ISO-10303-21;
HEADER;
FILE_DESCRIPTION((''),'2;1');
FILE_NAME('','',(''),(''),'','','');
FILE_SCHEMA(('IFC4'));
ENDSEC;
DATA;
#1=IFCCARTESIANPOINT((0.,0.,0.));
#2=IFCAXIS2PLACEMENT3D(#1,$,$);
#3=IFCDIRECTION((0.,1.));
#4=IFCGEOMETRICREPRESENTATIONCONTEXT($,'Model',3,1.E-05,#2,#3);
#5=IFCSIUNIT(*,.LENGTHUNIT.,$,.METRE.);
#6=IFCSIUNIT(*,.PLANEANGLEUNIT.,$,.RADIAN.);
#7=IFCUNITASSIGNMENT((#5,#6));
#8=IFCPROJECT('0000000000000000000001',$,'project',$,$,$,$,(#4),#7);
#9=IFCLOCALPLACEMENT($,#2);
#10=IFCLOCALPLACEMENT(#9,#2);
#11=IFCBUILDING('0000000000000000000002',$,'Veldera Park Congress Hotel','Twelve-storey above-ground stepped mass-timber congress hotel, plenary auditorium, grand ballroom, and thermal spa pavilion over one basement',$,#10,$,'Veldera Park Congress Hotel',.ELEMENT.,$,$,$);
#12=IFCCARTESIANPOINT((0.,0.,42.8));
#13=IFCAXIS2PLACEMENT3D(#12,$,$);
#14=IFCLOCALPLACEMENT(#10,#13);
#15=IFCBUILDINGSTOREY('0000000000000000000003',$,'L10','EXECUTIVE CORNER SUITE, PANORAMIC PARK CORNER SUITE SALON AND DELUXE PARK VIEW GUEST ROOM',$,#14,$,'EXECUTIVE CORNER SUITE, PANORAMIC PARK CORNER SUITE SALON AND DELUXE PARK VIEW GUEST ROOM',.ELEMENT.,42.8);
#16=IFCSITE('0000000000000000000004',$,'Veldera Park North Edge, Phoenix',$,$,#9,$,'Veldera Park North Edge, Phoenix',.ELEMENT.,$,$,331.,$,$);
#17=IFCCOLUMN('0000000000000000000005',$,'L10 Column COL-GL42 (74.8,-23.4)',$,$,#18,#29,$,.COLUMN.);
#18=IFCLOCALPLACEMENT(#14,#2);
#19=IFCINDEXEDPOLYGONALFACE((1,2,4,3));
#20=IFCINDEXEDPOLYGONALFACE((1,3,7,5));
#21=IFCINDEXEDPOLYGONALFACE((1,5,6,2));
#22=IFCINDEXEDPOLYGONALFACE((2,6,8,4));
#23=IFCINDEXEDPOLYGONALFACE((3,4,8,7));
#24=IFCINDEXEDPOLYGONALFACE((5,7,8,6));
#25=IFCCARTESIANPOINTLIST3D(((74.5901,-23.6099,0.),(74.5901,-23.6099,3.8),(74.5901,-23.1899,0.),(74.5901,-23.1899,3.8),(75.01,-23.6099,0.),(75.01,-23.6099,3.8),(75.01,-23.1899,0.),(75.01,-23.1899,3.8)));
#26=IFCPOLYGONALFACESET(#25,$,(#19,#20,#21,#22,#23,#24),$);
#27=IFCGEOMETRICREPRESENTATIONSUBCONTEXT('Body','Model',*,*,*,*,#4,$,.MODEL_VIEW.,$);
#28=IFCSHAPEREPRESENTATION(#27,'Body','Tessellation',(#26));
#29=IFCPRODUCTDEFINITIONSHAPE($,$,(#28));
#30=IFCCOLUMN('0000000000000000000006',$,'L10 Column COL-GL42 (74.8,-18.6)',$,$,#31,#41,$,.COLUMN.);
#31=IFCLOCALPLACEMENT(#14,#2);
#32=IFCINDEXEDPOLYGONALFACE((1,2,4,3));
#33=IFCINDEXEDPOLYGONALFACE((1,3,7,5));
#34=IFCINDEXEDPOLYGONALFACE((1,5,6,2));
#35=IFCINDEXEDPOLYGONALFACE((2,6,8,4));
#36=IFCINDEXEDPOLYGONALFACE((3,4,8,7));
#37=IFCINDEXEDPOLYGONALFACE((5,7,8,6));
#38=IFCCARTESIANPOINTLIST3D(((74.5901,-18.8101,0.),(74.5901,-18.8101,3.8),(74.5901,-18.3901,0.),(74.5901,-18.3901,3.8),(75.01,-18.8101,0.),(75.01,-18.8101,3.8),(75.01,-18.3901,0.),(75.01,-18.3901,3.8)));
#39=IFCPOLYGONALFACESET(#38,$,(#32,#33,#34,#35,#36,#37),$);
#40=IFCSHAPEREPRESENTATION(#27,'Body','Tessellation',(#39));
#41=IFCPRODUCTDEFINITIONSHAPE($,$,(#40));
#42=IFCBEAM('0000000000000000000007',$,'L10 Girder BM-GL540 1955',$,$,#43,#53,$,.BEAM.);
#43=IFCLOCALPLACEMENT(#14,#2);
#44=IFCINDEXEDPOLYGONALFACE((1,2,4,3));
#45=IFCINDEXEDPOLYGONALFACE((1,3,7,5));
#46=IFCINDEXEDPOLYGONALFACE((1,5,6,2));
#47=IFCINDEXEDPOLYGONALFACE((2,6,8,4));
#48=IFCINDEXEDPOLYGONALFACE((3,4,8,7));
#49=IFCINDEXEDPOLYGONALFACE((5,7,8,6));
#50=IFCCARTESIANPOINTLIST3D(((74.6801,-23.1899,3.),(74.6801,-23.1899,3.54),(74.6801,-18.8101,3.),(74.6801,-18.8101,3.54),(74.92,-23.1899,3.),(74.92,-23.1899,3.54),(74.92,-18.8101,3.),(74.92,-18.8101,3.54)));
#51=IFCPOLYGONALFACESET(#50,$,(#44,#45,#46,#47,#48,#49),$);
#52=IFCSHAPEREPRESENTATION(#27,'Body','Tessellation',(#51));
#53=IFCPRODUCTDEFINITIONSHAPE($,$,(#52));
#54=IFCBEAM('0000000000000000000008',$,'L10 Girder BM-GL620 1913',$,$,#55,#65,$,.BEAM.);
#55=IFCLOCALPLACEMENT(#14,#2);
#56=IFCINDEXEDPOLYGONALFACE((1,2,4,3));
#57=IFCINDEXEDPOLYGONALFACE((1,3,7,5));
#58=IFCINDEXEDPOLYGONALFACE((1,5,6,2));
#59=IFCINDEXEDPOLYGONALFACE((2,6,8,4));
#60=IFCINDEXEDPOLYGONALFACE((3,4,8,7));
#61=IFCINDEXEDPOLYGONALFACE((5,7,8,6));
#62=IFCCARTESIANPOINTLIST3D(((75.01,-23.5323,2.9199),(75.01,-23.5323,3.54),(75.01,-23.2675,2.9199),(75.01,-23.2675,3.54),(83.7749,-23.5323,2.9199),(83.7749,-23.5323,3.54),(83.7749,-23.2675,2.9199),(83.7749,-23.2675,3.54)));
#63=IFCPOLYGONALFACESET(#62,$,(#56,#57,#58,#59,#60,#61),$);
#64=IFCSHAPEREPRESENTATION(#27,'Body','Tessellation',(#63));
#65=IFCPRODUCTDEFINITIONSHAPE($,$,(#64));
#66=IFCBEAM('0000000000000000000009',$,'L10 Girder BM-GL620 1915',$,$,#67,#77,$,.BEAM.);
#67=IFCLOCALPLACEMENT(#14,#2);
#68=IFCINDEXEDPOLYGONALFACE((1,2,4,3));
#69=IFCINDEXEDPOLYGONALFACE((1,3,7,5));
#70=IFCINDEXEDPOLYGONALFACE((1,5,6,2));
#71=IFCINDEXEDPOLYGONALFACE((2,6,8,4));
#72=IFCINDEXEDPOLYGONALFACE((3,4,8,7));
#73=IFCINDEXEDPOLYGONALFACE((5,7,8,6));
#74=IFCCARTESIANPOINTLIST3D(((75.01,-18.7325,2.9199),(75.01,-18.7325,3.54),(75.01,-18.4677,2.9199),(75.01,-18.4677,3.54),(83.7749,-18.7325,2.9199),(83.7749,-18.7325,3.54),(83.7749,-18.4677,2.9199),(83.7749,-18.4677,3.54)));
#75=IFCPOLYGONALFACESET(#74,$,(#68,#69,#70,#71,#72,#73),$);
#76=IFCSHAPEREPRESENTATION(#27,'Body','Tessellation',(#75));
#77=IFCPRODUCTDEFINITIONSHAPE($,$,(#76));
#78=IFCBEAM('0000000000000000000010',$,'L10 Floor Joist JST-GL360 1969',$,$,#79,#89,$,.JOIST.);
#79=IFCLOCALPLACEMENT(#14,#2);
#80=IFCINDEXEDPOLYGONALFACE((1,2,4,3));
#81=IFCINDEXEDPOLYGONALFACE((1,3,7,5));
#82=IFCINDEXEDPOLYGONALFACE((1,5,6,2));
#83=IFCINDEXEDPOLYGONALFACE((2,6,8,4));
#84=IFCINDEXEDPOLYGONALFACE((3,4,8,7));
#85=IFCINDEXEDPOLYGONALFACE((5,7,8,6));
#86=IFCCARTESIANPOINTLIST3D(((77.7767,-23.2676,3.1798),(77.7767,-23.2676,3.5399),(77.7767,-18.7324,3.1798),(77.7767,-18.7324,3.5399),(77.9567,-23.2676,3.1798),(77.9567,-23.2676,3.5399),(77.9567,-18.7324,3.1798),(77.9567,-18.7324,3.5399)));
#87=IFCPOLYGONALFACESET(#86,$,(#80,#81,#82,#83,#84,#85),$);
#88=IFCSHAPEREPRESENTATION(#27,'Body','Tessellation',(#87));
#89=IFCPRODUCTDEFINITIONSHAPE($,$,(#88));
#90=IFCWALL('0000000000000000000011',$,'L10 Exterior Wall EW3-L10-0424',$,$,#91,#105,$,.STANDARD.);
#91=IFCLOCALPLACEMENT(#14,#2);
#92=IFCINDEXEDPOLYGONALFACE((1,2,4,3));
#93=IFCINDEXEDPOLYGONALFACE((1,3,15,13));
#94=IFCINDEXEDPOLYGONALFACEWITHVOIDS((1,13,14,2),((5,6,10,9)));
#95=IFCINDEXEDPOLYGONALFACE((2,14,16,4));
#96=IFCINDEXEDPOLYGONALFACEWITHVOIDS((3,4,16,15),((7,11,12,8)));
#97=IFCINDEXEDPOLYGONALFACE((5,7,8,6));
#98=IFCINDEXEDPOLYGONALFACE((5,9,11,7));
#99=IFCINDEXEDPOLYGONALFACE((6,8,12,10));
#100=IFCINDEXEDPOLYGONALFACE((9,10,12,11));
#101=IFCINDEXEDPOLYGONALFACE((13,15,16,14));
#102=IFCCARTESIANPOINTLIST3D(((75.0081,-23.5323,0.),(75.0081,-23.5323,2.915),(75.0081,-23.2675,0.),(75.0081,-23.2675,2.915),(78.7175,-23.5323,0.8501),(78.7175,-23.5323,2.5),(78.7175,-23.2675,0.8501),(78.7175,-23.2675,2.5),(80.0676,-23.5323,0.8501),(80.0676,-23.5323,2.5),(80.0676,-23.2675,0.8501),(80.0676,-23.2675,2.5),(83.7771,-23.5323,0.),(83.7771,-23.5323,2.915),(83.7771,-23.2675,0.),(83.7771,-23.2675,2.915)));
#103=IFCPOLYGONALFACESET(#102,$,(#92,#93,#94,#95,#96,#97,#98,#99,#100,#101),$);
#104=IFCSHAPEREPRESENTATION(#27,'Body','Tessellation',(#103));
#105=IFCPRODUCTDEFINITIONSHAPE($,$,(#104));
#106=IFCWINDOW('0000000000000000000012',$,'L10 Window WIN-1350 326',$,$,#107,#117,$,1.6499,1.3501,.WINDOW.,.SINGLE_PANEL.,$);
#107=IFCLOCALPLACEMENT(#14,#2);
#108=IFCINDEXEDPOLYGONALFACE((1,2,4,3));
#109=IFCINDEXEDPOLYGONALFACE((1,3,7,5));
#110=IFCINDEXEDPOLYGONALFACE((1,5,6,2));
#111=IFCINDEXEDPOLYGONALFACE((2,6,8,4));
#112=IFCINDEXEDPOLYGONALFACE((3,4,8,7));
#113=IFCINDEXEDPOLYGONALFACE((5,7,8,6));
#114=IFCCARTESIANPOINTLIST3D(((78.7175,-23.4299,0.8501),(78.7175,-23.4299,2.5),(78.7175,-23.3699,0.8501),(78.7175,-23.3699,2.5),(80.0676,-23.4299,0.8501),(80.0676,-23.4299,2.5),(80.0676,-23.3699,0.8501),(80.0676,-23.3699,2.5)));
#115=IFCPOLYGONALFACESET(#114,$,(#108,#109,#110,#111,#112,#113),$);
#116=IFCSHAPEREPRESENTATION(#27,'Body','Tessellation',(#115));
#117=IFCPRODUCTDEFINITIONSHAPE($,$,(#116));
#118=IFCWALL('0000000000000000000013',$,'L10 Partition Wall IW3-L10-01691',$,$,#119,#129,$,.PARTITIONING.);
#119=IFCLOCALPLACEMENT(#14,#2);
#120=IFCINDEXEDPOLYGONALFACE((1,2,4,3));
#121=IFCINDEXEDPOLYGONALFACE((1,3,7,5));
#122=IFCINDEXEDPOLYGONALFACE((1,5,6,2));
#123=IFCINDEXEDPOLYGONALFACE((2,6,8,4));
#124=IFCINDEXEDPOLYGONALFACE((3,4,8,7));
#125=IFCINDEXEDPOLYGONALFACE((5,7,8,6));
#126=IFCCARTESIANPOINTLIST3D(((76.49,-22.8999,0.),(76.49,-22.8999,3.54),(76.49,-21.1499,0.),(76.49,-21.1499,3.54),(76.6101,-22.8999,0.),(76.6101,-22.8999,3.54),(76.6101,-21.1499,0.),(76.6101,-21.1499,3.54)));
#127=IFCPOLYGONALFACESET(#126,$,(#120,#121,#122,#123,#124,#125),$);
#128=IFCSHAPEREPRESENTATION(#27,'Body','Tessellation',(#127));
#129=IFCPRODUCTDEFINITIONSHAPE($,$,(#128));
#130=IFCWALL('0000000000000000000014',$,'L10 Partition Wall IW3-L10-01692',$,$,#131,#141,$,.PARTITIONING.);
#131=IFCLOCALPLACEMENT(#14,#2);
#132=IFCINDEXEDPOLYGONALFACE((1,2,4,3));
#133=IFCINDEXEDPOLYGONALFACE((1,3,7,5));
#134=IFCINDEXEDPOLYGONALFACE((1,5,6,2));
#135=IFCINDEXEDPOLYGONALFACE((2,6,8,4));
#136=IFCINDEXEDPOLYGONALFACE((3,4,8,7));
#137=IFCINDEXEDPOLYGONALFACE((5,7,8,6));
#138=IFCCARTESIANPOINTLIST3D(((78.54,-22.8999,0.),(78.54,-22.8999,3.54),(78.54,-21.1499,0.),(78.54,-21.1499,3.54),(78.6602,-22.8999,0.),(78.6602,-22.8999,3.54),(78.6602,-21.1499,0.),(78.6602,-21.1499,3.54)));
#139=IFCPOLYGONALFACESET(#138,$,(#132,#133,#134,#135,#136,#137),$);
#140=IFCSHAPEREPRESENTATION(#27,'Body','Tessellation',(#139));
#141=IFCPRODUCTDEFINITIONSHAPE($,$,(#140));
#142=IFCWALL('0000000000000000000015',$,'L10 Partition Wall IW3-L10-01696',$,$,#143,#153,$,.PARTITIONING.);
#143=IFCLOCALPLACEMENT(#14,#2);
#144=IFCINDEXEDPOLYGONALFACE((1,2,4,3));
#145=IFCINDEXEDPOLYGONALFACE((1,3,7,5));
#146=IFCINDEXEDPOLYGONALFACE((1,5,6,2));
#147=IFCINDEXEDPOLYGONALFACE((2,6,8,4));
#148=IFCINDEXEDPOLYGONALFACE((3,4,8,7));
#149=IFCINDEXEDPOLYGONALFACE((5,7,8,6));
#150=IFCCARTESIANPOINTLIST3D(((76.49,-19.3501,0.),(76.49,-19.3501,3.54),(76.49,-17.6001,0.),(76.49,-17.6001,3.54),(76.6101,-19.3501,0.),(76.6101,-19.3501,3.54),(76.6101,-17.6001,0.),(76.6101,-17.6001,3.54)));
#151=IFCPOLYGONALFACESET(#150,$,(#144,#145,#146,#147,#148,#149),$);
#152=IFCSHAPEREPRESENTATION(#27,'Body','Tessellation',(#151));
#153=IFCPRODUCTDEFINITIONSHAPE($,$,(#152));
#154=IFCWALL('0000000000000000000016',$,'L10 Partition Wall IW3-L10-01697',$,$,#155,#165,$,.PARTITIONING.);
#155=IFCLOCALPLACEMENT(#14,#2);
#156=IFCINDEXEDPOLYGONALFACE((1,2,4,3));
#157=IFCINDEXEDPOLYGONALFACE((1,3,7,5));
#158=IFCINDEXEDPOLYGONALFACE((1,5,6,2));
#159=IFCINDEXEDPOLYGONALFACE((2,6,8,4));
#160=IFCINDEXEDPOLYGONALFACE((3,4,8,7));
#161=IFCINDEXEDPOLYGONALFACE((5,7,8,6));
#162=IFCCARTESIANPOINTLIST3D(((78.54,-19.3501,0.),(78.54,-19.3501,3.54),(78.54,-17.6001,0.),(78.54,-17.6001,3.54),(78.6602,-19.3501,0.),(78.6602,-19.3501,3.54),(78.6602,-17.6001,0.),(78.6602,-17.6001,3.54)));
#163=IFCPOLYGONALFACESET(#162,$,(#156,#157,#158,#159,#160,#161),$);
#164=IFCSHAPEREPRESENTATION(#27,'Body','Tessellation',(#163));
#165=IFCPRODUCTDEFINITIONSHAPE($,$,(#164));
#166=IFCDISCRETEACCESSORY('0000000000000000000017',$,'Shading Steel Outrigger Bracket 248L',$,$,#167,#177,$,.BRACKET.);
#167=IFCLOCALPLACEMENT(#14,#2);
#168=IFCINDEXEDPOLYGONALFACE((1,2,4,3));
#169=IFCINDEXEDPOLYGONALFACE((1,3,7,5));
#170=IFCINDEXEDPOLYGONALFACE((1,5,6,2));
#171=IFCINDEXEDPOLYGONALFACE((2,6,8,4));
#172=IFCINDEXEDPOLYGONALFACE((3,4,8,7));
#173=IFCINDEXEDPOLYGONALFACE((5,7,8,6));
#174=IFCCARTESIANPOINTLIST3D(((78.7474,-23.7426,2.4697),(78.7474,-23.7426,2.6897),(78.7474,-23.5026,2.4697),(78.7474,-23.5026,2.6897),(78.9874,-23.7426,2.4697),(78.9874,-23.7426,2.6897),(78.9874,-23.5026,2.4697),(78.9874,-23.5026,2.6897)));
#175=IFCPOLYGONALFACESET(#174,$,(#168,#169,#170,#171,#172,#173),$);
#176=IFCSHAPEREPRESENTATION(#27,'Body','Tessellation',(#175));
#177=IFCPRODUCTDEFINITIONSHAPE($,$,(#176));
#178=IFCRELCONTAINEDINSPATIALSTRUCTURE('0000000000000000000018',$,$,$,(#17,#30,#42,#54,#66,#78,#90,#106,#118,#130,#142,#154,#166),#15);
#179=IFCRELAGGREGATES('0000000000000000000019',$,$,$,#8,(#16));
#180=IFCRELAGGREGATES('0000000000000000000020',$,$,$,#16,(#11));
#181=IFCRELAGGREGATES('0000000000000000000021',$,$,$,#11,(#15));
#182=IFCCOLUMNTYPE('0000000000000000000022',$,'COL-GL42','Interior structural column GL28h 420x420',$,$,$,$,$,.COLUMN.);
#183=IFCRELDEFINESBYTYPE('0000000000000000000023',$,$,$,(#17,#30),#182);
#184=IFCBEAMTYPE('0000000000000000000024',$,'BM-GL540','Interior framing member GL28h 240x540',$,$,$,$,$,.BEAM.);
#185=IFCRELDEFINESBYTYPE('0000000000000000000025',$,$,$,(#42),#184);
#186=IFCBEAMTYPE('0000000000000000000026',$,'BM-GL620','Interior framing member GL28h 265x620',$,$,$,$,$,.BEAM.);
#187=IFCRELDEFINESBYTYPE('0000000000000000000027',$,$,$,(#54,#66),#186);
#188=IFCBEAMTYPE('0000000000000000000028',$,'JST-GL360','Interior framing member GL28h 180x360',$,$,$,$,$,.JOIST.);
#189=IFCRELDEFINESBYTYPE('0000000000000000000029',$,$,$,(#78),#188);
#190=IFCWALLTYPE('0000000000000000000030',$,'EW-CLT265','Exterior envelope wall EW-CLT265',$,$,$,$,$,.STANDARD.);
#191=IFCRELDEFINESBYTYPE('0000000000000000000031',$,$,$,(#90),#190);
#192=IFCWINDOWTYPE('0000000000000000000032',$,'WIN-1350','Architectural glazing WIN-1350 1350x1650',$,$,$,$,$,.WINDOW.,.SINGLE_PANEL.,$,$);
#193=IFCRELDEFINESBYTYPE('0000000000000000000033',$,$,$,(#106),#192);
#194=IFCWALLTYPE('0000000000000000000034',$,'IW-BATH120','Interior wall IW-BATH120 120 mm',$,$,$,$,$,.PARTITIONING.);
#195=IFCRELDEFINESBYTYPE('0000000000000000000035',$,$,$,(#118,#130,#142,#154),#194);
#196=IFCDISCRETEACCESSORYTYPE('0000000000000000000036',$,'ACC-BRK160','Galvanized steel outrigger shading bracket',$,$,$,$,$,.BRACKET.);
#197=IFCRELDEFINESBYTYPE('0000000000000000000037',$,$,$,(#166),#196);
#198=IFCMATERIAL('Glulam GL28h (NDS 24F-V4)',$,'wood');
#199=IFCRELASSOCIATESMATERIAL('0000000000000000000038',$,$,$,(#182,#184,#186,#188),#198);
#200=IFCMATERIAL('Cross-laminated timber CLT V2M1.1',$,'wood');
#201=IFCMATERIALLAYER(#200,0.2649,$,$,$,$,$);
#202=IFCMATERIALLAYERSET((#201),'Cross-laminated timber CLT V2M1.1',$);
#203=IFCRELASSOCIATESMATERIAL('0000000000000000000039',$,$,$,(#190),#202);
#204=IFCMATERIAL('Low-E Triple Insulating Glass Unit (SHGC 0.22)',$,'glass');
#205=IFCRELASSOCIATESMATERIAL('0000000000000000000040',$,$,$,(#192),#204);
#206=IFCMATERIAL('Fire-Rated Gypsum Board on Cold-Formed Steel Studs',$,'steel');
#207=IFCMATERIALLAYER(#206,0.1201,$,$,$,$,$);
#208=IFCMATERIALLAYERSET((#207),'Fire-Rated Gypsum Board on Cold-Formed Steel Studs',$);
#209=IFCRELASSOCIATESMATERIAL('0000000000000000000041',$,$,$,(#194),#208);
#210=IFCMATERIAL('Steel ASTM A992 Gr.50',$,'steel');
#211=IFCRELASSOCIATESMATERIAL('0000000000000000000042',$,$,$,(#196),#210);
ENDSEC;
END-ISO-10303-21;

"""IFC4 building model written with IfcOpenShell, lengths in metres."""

from ifc_helpers import new_model, si_unit, direction, frame, frame_2d, origin, origin_2d, place, context, subcontext, project, spatial, rectangle, extrude, material, layer, layer_set, material_profile, profile_set, type_object, element, fill, save


model = new_model("IFC4")

# Units and contexts
model_context = context("Model", 3, precision=1e-05, world=origin(), true_north=direction((0.0, 1.0)))
body_context = subcontext(model_context, "Body", "Model", "MODEL_VIEW")
ifc_project = project(units=[si_unit("LENGTHUNIT", "METRE"), si_unit("PLANEANGLEUNIT", "RADIAN")], contexts=[model_context])

# Site, building, storey
site_placement = place(None, origin())
site = spatial("IfcSite", under=ifc_project, at=site_placement, Name="Veldera Park North Edge, Phoenix", LongName="Veldera Park North Edge, Phoenix", CompositionType="ELEMENT", RefElevation=331.0)
building_placement = place(site_placement, origin())
building = spatial("IfcBuilding", under=site, at=building_placement, Name="Veldera Park Congress Hotel", Description="Twelve-storey above-ground stepped mass-timber congress hotel, plenary auditorium, grand ballroom, and thermal spa pavilion over one basement", LongName="Veldera Park Congress Hotel", CompositionType="ELEMENT")
storey_placement = place(building_placement, frame((0.0, 0.0, 42.8)))
storey = spatial("IfcBuildingStorey", under=building, at=storey_placement, Name="L10", Description="EXECUTIVE CORNER SUITE, PANORAMIC PARK CORNER SUITE SALON AND DELUXE PARK VIEW GUEST ROOM", LongName="EXECUTIVE CORNER SUITE, PANORAMIC PARK CORNER SUITE SALON AND DELUXE PARK VIEW GUEST ROOM", CompositionType="ELEMENT", Elevation=42.8)

# Columns
ifc_material_1 = material(Name="Glulam GL28h (NDS 24F-V4)", Category="wood")
ifc_material_profile_1 = material_profile(ifc_material_1, rectangle(XDim=0.4199, YDim=0.4199, at=origin_2d()), Name="GL28h 420x420")
ifc_profile_set_1 = profile_set([ifc_material_profile_1], Name="Glulam GL28h (NDS 24F-V4)")
column_type = type_object("IfcColumnType", Name="COL-GL42", Description="Interior structural column GL28h 420x420", PredefinedType="COLUMN", material=ifc_profile_set_1)
for number, where, z_axis, x_axis, name in (
    (1, (74.8, -23.3999, 0.0), (0.0, 0.0, 1.0), (1.0, 0.0, 0.0), "L10 Column COL-GL42 (74.8,-23.4)"),
    (2, (74.8, -18.6001, 0.0), (0.0, 0.0, 1.0), (1.0, 0.0, 0.0), "L10 Column COL-GL42 (74.8,-18.6)"),
):
    element("IfcColumn", number, at=place(storey_placement, frame(where, z_axis=z_axis, x_axis=x_axis)), inside=storey, type_object=column_type, Name=name, PredefinedType="COLUMN", context=body_context, shape_type="SweptSolid", body=[
        extrude(rectangle(XDim=0.4199, YDim=0.4199, at=origin_2d()), origin(), (0.0, 0.0, 1.0), 3.8),
    ])

# Beams
ifc_material_profile_2 = material_profile(ifc_material_1, rectangle(XDim=0.24, YDim=0.54, at=origin_2d()), Name="GL28h 240x540")
ifc_profile_set_2 = profile_set([ifc_material_profile_2], Name="Glulam GL28h (NDS 24F-V4)")
beam_type_1 = type_object("IfcBeamType", Name="BM-GL540", Description="Interior framing member GL28h 240x540", PredefinedType="BEAM", material=ifc_profile_set_2)
beam_1_placement = place(storey_placement, frame((74.8, -23.1899, 3.27), z_axis=(0.0, 1.0, 0.0), x_axis=(-1.0, 0.0, 0.0)))
element("IfcBeam", 3, at=beam_1_placement, inside=storey, type_object=beam_type_1, Name="L10 Girder BM-GL540 1955", PredefinedType="BEAM", context=body_context, shape_type="SweptSolid", body=[
    extrude(rectangle(XDim=0.24, YDim=0.54, at=origin_2d()), origin(), (0.0, 0.0, 1.0), 4.3799),
])
ifc_material_profile_3 = material_profile(ifc_material_1, rectangle(XDim=0.2649, YDim=0.6201, at=origin_2d()), Name="GL28h 265x620")
ifc_profile_set_3 = profile_set([ifc_material_profile_3], Name="Glulam GL28h (NDS 24F-V4)")
beam_type_2 = type_object("IfcBeamType", Name="BM-GL620", Description="Interior framing member GL28h 265x620", PredefinedType="BEAM", material=ifc_profile_set_3)
for number, where, z_axis, x_axis, name in (
    (4, (75.01, -23.3999, 3.23), (1.0, 0.0, 0.0), (0.0, 1.0, 0.0), "L10 Girder BM-GL620 1913"),
    (5, (75.01, -18.6001, 3.23), (1.0, 0.0, 0.0), (0.0, 1.0, 0.0), "L10 Girder BM-GL620 1915"),
):
    element("IfcBeam", number, at=place(storey_placement, frame(where, z_axis=z_axis, x_axis=x_axis)), inside=storey, type_object=beam_type_2, Name=name, PredefinedType="BEAM", context=body_context, shape_type="SweptSolid", body=[
        extrude(rectangle(XDim=0.2649, YDim=0.6201, at=origin_2d()), origin(), (0.0, 0.0, 1.0), 8.7649),
    ])
ifc_material_profile_4 = material_profile(ifc_material_1, rectangle(XDim=0.1799, YDim=0.3601, at=origin_2d()), Name="GL28h 180x360")
ifc_profile_set_4 = profile_set([ifc_material_profile_4], Name="Glulam GL28h (NDS 24F-V4)")
beam_type_3 = type_object("IfcBeamType", Name="JST-GL360", Description="Interior framing member GL28h 180x360", PredefinedType="JOIST", material=ifc_profile_set_4)
beam_2_placement = place(storey_placement, frame((77.8667, -23.2676, 3.3599), z_axis=(0.0, 1.0, 0.0), x_axis=(-1.0, 0.0, 0.0)))
element("IfcBeam", 6, at=beam_2_placement, inside=storey, type_object=beam_type_3, Name="L10 Floor Joist JST-GL360 1969", PredefinedType="JOIST", context=body_context, shape_type="SweptSolid", body=[
    extrude(rectangle(XDim=0.1799, YDim=0.3601, at=origin_2d()), origin(), (0.0, 0.0, 1.0), 4.5352),
])

# Wall, opening, window
ifc_material_2 = material(Name="Cross-laminated timber CLT V2M1.1", Category="wood")
ifc_layer_1 = layer(ifc_material_2, 0.2649)
ifc_layer_set_1 = layer_set([ifc_layer_1], Name="Cross-laminated timber CLT V2M1.1")
wall_type_1 = type_object("IfcWallType", Name="EW-CLT265", Description="Exterior envelope wall EW-CLT265", PredefinedType="STANDARD", material=ifc_layer_set_1)
wall_1_placement = place(storey_placement, frame((75.0081, -23.3999, 0.0), z_axis=(0.0, 0.0, 1.0), x_axis=(1.0, 0.0, 0.0)))
wall_1 = element("IfcWall", 7, at=wall_1_placement, inside=storey, type_object=wall_type_1, Name="L10 Exterior Wall EW3-L10-0424", PredefinedType="STANDARD", context=body_context, shape_type="SweptSolid", body=[
    extrude(rectangle(XDim=8.769, YDim=0.2649, at=frame_2d((4.3845, 0.0))), origin(), (0.0, 0.0, 1.0), 2.915),
])
opening_1_placement = place(wall_1_placement, frame((3.7095, 0.0, 0.8501)))
opening_1 = element("IfcOpeningElement", 8, at=opening_1_placement, cuts=wall_1, PredefinedType="OPENING", context=body_context, shape_type="SweptSolid", body=[
    extrude(rectangle(XDim=1.3501, YDim=1.6499, at=frame_2d((0.675, 0.825))), frame((0.0, 0.1445, 0.0), z_axis=(0.0, -1.0, 0.0), x_axis=(1.0, 0.0, 0.0)), (0.0, 0.0, 1.0), 0.2888),
])
ifc_material_3 = material(Name="Low-E Triple Insulating Glass Unit (SHGC 0.22)", Category="glass")
window_type = type_object("IfcWindowType", Name="WIN-1350", Description="Architectural glazing WIN-1350 1350x1650", PartitioningType="SINGLE_PANEL", PredefinedType="WINDOW", material=ifc_material_3)
window_placement = place(opening_1_placement, origin())
window = element("IfcWindow", 9, at=window_placement, inside=storey, type_object=window_type, Name="L10 Window WIN-1350 326", OverallHeight=1.6499, OverallWidth=1.3501, PartitioningType="SINGLE_PANEL", PredefinedType="WINDOW", context=body_context, shape_type="SweptSolid", body=[
    extrude(rectangle(XDim=1.3501, YDim=1.6499, at=frame_2d((0.675, 0.825))), frame((0.0, 0.03, 0.0), z_axis=(0.0, -1.0, 0.0), x_axis=(1.0, 0.0, 0.0)), (0.0, 0.0, 1.0), 0.0601),
])
fill(opening_1, window)

# Walls
ifc_material_4 = material(Name="Fire-Rated Gypsum Board on Cold-Formed Steel Studs", Category="steel")
ifc_layer_2 = layer(ifc_material_4, 0.1201)
ifc_layer_set_2 = layer_set([ifc_layer_2], Name="Fire-Rated Gypsum Board on Cold-Formed Steel Studs")
wall_type_2 = type_object("IfcWallType", Name="IW-BATH120", Description="Interior wall IW-BATH120 120 mm", PredefinedType="PARTITIONING", material=ifc_layer_set_2)
for number, where, z_axis, x_axis, name in (
    (10, (76.55, -22.8999, 0.0), (0.0, 0.0, 1.0), (0.0, 1.0, 0.0), "L10 Partition Wall IW3-L10-01691"),
    (11, (78.6001, -22.8999, 0.0), (0.0, 0.0, 1.0), (0.0, 1.0, 0.0), "L10 Partition Wall IW3-L10-01692"),
):
    element("IfcWall", number, at=place(storey_placement, frame(where, z_axis=z_axis, x_axis=x_axis)), inside=storey, type_object=wall_type_2, Name=name, PredefinedType="PARTITIONING", context=body_context, shape_type="SweptSolid", body=[
        extrude(rectangle(XDim=1.75, YDim=0.1201, at=frame_2d((0.875, 0.0))), origin(), (0.0, 0.0, 1.0), 3.54),
    ])

# Walls
for number, where, z_axis, x_axis, name in (
    (12, (76.55, -19.3501, 0.0), (0.0, 0.0, 1.0), (0.0, 1.0, 0.0), "L10 Partition Wall IW3-L10-01696"),
    (13, (78.6001, -19.3501, 0.0), (0.0, 0.0, 1.0), (0.0, 1.0, 0.0), "L10 Partition Wall IW3-L10-01697"),
):
    element("IfcWall", number, at=place(storey_placement, frame(where, z_axis=z_axis, x_axis=x_axis)), inside=storey, type_object=wall_type_2, Name=name, PredefinedType="PARTITIONING", context=body_context, shape_type="SweptSolid", body=[
        extrude(rectangle(XDim=1.75, YDim=0.1201, at=frame_2d((0.875, 0.0))), origin(), (0.0, 0.0, 1.0), 3.54),
    ])

# Discrete accessory
ifc_material_5 = material(Name="Steel ASTM A992 Gr.50", Category="steel")
discrete_accessory_type = type_object("IfcDiscreteAccessoryType", Name="ACC-BRK160", Description="Galvanized steel outrigger shading bracket", PredefinedType="BRACKET", material=ifc_material_5)
discrete_accessory_placement = place(storey_placement, frame((78.8674, -23.6226, 2.4697), z_axis=(0.0, 0.0, 1.0), x_axis=(1.0, 0.0, 0.0)))
element("IfcDiscreteAccessory", 14, at=discrete_accessory_placement, inside=storey, type_object=discrete_accessory_type, Name="Shading Steel Outrigger Bracket 248L", PredefinedType="BRACKET", context=body_context, shape_type="SweptSolid", body=[
    extrude(rectangle(XDim=0.24, YDim=0.24, at=origin_2d()), origin(), (0.0, 0.0, 1.0), 0.22),
])

save(model, "model.ifc")
